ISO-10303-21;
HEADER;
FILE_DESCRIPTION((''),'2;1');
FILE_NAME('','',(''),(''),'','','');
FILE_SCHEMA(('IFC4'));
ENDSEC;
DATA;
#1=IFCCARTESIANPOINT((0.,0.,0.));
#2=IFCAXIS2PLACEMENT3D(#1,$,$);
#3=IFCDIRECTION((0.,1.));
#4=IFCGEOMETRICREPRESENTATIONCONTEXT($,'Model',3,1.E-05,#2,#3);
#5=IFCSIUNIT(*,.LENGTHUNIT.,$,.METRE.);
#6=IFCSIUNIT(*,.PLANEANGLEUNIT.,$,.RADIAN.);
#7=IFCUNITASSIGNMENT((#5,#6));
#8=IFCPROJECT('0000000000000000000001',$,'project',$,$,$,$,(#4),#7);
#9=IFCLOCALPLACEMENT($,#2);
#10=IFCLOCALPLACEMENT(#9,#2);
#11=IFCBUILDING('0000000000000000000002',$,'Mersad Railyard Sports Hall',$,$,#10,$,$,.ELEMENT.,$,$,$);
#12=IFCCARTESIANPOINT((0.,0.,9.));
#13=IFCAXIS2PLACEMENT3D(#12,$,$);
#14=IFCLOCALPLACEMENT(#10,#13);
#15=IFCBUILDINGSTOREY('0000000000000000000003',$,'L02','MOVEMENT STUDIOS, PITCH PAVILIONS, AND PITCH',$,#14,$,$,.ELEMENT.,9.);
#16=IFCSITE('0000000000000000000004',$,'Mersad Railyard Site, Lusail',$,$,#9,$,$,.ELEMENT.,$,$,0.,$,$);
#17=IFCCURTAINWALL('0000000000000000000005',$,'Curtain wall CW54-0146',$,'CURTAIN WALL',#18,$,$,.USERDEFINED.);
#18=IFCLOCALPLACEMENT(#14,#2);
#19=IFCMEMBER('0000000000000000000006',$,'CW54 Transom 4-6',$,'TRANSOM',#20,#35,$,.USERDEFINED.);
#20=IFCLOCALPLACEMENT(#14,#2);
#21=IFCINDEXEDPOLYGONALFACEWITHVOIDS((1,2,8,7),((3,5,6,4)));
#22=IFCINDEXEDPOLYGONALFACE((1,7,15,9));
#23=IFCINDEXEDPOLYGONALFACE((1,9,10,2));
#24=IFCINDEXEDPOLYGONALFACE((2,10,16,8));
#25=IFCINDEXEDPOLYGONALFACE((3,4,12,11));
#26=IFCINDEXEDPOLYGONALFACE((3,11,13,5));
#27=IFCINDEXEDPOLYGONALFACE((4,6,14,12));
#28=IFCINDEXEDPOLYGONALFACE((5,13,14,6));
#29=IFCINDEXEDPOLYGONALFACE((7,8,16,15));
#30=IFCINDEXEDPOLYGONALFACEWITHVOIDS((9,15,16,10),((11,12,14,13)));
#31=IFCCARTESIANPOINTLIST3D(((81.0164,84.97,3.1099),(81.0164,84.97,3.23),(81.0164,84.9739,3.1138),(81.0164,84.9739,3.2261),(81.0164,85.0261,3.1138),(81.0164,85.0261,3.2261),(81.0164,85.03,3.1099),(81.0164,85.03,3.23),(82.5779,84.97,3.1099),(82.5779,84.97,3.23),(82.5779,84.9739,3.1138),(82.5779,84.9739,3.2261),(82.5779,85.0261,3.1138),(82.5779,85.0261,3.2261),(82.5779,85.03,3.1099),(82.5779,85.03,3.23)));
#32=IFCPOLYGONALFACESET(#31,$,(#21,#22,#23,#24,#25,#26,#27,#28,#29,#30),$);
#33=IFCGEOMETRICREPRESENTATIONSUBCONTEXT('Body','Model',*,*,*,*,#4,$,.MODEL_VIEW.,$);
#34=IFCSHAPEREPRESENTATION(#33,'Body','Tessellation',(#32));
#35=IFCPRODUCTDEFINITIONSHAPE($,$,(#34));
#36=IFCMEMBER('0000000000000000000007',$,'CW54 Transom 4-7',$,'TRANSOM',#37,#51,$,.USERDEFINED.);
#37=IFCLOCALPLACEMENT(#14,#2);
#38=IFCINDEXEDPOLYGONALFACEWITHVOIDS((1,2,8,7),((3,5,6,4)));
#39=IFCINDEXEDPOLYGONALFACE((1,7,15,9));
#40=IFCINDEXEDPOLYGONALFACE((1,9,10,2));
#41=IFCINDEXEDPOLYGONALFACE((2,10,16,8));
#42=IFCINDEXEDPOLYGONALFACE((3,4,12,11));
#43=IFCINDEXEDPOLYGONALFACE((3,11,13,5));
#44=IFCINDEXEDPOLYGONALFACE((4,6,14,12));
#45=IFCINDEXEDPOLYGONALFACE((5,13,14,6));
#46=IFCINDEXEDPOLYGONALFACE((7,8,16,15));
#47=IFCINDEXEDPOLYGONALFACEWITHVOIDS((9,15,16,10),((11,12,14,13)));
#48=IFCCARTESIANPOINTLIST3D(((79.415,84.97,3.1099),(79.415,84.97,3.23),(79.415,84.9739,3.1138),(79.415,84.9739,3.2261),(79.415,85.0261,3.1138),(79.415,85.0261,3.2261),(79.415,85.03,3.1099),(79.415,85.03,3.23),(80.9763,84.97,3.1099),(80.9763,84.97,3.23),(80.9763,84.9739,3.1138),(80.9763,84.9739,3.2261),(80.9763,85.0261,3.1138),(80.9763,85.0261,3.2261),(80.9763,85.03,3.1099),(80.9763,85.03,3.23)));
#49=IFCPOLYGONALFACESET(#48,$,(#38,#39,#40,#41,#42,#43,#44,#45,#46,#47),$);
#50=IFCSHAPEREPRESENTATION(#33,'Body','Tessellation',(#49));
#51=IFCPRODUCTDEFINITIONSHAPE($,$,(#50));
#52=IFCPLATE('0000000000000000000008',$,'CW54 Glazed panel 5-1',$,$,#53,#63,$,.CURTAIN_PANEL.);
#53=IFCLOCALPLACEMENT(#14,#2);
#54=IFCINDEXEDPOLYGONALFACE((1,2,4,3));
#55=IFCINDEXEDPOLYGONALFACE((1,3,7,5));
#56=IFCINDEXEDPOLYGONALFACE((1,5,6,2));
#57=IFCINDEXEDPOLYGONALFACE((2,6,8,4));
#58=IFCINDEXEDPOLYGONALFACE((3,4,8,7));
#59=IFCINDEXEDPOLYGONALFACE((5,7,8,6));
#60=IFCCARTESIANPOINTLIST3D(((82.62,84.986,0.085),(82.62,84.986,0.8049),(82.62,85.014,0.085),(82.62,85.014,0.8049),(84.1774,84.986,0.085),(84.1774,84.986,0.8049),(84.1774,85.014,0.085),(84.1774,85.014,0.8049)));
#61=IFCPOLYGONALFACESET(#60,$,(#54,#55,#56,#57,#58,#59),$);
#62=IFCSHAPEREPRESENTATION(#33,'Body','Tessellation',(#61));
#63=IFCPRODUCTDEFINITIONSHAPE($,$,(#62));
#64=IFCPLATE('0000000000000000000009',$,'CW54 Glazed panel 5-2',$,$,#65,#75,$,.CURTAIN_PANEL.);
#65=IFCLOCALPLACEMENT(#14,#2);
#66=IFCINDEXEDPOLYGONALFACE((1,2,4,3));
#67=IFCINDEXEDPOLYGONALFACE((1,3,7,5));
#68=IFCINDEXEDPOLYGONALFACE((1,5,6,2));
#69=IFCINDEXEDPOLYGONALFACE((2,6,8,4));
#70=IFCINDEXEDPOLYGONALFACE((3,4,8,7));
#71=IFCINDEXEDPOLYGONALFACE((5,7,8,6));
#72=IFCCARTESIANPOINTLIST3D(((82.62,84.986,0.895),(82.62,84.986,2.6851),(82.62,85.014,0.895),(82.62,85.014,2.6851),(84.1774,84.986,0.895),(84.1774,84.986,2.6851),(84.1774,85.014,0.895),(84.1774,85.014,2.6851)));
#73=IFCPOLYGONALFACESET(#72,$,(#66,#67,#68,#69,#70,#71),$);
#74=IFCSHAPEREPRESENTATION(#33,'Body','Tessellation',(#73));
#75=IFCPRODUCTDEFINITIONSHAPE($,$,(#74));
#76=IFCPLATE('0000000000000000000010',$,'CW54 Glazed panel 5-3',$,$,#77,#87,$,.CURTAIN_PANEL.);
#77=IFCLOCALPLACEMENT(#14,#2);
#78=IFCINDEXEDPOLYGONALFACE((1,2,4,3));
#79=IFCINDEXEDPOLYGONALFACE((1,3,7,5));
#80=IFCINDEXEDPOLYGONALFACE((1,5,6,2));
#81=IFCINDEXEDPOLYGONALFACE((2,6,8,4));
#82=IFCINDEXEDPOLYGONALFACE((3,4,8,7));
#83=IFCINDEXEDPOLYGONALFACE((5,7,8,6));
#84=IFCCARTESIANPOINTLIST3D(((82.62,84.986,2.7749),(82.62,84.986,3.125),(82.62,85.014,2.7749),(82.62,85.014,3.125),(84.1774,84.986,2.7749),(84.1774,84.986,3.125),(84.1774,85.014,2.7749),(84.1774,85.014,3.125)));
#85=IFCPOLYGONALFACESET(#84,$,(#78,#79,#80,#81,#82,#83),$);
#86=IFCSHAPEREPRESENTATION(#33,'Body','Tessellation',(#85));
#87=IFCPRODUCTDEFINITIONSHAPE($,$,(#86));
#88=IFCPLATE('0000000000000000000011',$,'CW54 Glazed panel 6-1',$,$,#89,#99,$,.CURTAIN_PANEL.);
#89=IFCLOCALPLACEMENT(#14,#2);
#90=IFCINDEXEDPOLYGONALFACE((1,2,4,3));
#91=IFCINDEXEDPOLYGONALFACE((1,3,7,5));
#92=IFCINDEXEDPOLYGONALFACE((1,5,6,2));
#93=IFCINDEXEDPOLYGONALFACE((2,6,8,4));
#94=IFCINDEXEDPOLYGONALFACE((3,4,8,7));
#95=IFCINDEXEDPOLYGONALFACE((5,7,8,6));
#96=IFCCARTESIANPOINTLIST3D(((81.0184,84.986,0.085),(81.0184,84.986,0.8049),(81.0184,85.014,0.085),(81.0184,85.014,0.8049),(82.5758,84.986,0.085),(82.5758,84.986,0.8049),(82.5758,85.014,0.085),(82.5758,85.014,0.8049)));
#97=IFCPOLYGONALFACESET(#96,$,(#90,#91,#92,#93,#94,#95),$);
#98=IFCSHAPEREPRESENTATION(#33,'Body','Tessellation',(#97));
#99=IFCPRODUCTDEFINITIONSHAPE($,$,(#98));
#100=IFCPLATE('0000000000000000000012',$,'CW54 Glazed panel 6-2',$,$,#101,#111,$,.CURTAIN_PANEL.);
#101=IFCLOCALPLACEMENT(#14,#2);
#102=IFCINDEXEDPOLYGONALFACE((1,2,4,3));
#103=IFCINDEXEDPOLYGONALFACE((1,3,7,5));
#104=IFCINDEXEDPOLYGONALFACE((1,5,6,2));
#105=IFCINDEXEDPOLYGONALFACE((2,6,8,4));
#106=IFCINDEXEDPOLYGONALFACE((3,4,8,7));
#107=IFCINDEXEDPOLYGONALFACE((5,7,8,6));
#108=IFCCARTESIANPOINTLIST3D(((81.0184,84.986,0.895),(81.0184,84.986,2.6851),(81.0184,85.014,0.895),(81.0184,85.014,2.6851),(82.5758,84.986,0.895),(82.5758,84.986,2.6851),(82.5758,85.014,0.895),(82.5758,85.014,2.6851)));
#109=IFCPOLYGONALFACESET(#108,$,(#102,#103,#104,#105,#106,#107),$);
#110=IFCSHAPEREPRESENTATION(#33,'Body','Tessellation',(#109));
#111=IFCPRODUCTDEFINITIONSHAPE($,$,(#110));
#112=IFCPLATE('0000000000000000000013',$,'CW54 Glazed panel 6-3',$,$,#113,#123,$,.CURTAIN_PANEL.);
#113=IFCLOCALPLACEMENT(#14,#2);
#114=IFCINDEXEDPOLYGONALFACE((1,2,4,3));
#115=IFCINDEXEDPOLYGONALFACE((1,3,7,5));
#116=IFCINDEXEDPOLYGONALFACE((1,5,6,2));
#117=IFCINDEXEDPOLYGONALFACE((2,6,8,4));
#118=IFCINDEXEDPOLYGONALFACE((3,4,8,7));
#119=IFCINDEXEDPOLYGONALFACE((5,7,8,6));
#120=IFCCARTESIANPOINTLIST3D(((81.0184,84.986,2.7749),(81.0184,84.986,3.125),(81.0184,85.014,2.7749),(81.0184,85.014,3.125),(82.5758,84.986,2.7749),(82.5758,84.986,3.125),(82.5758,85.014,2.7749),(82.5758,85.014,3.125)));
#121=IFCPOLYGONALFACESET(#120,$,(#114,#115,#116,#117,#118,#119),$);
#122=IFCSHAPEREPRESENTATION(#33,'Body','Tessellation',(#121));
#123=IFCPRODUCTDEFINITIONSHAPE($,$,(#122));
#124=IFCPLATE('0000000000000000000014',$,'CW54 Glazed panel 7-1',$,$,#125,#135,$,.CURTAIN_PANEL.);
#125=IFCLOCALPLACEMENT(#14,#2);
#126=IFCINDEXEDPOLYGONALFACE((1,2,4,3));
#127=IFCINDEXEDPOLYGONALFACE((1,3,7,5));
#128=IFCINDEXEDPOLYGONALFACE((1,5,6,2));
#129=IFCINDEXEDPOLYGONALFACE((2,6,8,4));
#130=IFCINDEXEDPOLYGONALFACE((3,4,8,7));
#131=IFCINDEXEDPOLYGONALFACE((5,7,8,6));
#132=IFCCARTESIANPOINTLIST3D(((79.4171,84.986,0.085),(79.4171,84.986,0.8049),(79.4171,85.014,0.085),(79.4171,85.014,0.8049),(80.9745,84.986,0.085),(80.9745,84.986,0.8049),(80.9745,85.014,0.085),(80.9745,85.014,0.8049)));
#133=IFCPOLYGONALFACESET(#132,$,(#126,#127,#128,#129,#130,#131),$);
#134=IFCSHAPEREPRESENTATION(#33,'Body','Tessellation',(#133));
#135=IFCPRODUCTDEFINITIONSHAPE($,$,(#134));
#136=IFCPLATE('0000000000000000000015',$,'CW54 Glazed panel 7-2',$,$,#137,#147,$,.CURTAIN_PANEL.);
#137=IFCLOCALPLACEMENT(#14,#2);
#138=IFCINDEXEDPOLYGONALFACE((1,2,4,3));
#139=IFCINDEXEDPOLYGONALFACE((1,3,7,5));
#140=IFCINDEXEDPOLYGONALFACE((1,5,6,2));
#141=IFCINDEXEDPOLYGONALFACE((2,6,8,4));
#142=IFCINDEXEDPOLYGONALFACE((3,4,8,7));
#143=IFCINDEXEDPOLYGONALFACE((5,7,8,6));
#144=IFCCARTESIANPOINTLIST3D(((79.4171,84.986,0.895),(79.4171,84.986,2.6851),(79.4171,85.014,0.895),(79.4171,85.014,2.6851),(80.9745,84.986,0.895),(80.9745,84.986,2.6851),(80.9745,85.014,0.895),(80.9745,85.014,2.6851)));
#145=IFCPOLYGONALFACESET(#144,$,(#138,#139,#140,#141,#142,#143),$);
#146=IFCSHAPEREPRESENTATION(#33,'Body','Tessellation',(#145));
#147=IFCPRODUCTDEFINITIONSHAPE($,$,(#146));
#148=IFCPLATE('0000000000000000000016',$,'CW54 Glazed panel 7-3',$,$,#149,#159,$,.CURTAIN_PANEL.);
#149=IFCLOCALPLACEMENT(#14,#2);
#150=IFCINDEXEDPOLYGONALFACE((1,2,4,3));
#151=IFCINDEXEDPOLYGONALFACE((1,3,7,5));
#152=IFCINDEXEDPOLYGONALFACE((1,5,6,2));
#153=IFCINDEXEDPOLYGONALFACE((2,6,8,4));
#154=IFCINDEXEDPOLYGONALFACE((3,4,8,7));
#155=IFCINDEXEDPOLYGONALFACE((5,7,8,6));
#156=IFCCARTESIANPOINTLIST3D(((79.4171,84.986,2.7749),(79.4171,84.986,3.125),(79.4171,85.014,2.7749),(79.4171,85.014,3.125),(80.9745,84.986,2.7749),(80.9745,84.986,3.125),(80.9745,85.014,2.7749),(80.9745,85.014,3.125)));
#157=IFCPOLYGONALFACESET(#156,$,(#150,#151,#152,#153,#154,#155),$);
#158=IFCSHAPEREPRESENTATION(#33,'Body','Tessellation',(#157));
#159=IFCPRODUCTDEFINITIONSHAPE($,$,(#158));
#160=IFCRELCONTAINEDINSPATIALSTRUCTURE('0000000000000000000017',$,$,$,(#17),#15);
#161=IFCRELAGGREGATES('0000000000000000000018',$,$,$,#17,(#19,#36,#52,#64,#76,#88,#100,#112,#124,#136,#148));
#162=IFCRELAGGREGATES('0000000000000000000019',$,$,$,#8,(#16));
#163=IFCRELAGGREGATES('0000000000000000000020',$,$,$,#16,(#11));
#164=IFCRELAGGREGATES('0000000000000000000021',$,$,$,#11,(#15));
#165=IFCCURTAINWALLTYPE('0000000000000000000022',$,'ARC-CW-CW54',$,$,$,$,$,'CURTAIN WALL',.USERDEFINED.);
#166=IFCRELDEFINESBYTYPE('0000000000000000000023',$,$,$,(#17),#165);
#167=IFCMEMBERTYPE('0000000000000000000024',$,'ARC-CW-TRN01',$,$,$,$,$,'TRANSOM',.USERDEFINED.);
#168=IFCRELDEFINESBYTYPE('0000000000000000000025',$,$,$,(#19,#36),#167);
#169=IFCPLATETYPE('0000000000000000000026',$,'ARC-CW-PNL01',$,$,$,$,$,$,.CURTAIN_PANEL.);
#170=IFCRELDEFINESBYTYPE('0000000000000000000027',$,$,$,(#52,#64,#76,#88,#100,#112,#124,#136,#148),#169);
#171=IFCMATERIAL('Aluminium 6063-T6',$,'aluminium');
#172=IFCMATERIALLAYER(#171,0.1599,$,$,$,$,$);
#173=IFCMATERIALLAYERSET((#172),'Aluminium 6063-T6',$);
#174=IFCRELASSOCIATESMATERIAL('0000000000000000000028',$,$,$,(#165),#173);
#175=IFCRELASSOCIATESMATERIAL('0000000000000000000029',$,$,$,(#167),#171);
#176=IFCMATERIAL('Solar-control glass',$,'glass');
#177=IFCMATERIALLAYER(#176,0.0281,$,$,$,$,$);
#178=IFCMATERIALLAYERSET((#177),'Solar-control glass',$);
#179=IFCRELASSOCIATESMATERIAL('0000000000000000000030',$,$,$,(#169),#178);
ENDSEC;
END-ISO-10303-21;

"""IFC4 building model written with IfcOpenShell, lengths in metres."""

from ifc_helpers import new_model, si_unit, direction, frame, origin, origin_2d, place, context, subcontext, project, spatial, rectangle, hollow_rectangle, extrude, material, layer, layer_set, material_profile, profile_set, type_object, element, aggregate, save


model = new_model("IFC4")

# Units and contexts
model_context = context("Model", 3, precision=1e-05, world=origin(), true_north=direction((0.0, 1.0)))
body_context = subcontext(model_context, "Body", "Model", "MODEL_VIEW")
ifc_project = project(units=[si_unit("LENGTHUNIT", "METRE"), si_unit("PLANEANGLEUNIT", "RADIAN")], contexts=[model_context])

# Site, building, storey
site_placement = place(None, origin())
site = spatial("IfcSite", under=ifc_project, at=site_placement, Name="Mersad Railyard Site, Lusail", CompositionType="ELEMENT", RefElevation=0.0)
building_placement = place(site_placement, origin())
building = spatial("IfcBuilding", under=site, at=building_placement, Name="Mersad Railyard Sports Hall", CompositionType="ELEMENT")
storey_placement = place(building_placement, frame((0.0, 0.0, 9.0)))
storey = spatial("IfcBuildingStorey", under=building, at=storey_placement, Name="L02", Description="MOVEMENT STUDIOS, PITCH PAVILIONS, AND PITCH", CompositionType="ELEMENT", Elevation=9.0)

# Curtain wall, members, plates
ifc_material_1 = material(Name="Aluminium 6063-T6", Category="aluminium")
ifc_layer_1 = layer(ifc_material_1, 0.1599)
ifc_layer_set_1 = layer_set([ifc_layer_1], Name="Aluminium 6063-T6")
curtain_wall_type = type_object("IfcCurtainWallType", Name="ARC-CW-CW54", ElementType="CURTAIN WALL", PredefinedType="USERDEFINED", material=ifc_layer_set_1)
curtain_wall_placement = place(storey_placement, origin())
curtain_wall = element("IfcCurtainWall", 1, at=curtain_wall_placement, inside=storey, type_object=curtain_wall_type, Name="Curtain wall CW54-0146", ObjectType="CURTAIN WALL", PredefinedType="USERDEFINED")
ifc_material_profile_1 = material_profile(ifc_material_1, hollow_rectangle(XDim=0.0601, YDim=0.1201, WallThickness=0.0039, at=origin_2d()), Name="AL TRANSOM 60x120x4")
ifc_profile_set_1 = profile_set([ifc_material_profile_1], Name="Aluminium 6063-T6")
member_type_1 = type_object("IfcMemberType", Name="ARC-CW-TRN01", ElementType="TRANSOM", PredefinedType="USERDEFINED", material=ifc_profile_set_1)
member_1_placement = place(storey_placement, frame((82.5779, 85.0, 3.1699), z_axis=(-1.0, 0.0, 0.0), x_axis=(0.0, -1.0, 0.0)))
member_1 = element("IfcMember", 2, at=member_1_placement, type_object=member_type_1, Name="CW54 Transom 4-6", ObjectType="TRANSOM", PredefinedType="USERDEFINED", context=body_context, shape_type="SweptSolid", body=[
    extrude(hollow_rectangle(XDim=0.0601, YDim=0.1201, WallThickness=0.0039, at=origin_2d()), origin(), (0.0, 0.0, 1.0), 1.5615),
])
member_2_placement = place(storey_placement, frame((80.9763, 85.0, 3.1699), z_axis=(-1.0, 0.0, 0.0), x_axis=(0.0, -1.0, 0.0)))
member_2 = element("IfcMember", 3, at=member_2_placement, type_object=member_type_1, Name="CW54 Transom 4-7", ObjectType="TRANSOM", PredefinedType="USERDEFINED", context=body_context, shape_type="SweptSolid", body=[
    extrude(hollow_rectangle(XDim=0.0601, YDim=0.1201, WallThickness=0.0039, at=origin_2d()), origin(), (0.0, 0.0, 1.0), 1.5613),
])
ifc_material_2 = material(Name="Solar-control glass", Category="glass")
ifc_layer_2 = layer(ifc_material_2, 0.0281)
ifc_layer_set_2 = layer_set([ifc_layer_2], Name="Solar-control glass")
plate_type = type_object("IfcPlateType", Name="ARC-CW-PNL01", PredefinedType="CURTAIN_PANEL", material=ifc_layer_set_2)
plate_1_placement = place(storey_placement, frame((83.3987, 85.0, 0.085), z_axis=(0.0, 0.0, 1.0), x_axis=(-1.0, 0.0, 0.0)))
plate_1 = element("IfcPlate", 4, at=plate_1_placement, type_object=plate_type, Name="CW54 Glazed panel 5-1", PredefinedType="CURTAIN_PANEL", context=body_context, shape_type="SweptSolid", body=[
    extrude(rectangle(XDim=1.5574, YDim=0.0281, at=origin_2d()), origin(), (0.0, 0.0, 1.0), 0.72),
])
plate_2_placement = place(storey_placement, frame((83.3987, 85.0, 0.895), z_axis=(0.0, 0.0, 1.0), x_axis=(-1.0, 0.0, 0.0)))
plate_2 = element("IfcPlate", 5, at=plate_2_placement, type_object=plate_type, Name="CW54 Glazed panel 5-2", PredefinedType="CURTAIN_PANEL", context=body_context, shape_type="SweptSolid", body=[
    extrude(rectangle(XDim=1.5574, YDim=0.0281, at=origin_2d()), origin(), (0.0, 0.0, 1.0), 1.79),
])
plate_3_placement = place(storey_placement, frame((83.3987, 85.0, 2.7749), z_axis=(0.0, 0.0, 1.0), x_axis=(-1.0, 0.0, 0.0)))
plate_3 = element("IfcPlate", 6, at=plate_3_placement, type_object=plate_type, Name="CW54 Glazed panel 5-3", PredefinedType="CURTAIN_PANEL", context=body_context, shape_type="SweptSolid", body=[
    extrude(rectangle(XDim=1.5574, YDim=0.0281, at=origin_2d()), origin(), (0.0, 0.0, 1.0), 0.3501),
])
plate_4_placement = place(storey_placement, frame((81.7971, 85.0, 0.085), z_axis=(0.0, 0.0, 1.0), x_axis=(-1.0, 0.0, 0.0)))
plate_4 = element("IfcPlate", 7, at=plate_4_placement, type_object=plate_type, Name="CW54 Glazed panel 6-1", PredefinedType="CURTAIN_PANEL", context=body_context, shape_type="SweptSolid", body=[
    extrude(rectangle(XDim=1.5574, YDim=0.0281, at=origin_2d()), origin(), (0.0, 0.0, 1.0), 0.72),
])
plate_5_placement = place(storey_placement, frame((81.7971, 85.0, 0.895), z_axis=(0.0, 0.0, 1.0), x_axis=(-1.0, 0.0, 0.0)))
plate_5 = element("IfcPlate", 8, at=plate_5_placement, type_object=plate_type, Name="CW54 Glazed panel 6-2", PredefinedType="CURTAIN_PANEL", context=body_context, shape_type="SweptSolid", body=[
    extrude(rectangle(XDim=1.5574, YDim=0.0281, at=origin_2d()), origin(), (0.0, 0.0, 1.0), 1.79),
])
plate_6_placement = place(storey_placement, frame((81.7971, 85.0, 2.7749), z_axis=(0.0, 0.0, 1.0), x_axis=(-1.0, 0.0, 0.0)))
plate_6 = element("IfcPlate", 9, at=plate_6_placement, type_object=plate_type, Name="CW54 Glazed panel 6-3", PredefinedType="CURTAIN_PANEL", context=body_context, shape_type="SweptSolid", body=[
    extrude(rectangle(XDim=1.5574, YDim=0.0281, at=origin_2d()), origin(), (0.0, 0.0, 1.0), 0.3501),
])
plate_7_placement = place(storey_placement, frame((80.1958, 85.0, 0.085), z_axis=(0.0, 0.0, 1.0), x_axis=(-1.0, 0.0, 0.0)))
plate_7 = element("IfcPlate", 10, at=plate_7_placement, type_object=plate_type, Name="CW54 Glazed panel 7-1", PredefinedType="CURTAIN_PANEL", context=body_context, shape_type="SweptSolid", body=[
    extrude(rectangle(XDim=1.5574, YDim=0.0281, at=origin_2d()), origin(), (0.0, 0.0, 1.0), 0.72),
])
plate_8_placement = place(storey_placement, frame((80.1958, 85.0, 0.895), z_axis=(0.0, 0.0, 1.0), x_axis=(-1.0, 0.0, 0.0)))
plate_8 = element("IfcPlate", 11, at=plate_8_placement, type_object=plate_type, Name="CW54 Glazed panel 7-2", PredefinedType="CURTAIN_PANEL", context=body_context, shape_type="SweptSolid", body=[
    extrude(rectangle(XDim=1.5574, YDim=0.0281, at=origin_2d()), origin(), (0.0, 0.0, 1.0), 1.79),
])
plate_9_placement = place(storey_placement, frame((80.1958, 85.0, 2.7749), z_axis=(0.0, 0.0, 1.0), x_axis=(-1.0, 0.0, 0.0)))
plate_9 = element("IfcPlate", 12, at=plate_9_placement, type_object=plate_type, Name="CW54 Glazed panel 7-3", PredefinedType="CURTAIN_PANEL", context=body_context, shape_type="SweptSolid", body=[
    extrude(rectangle(XDim=1.5574, YDim=0.0281, at=origin_2d()), origin(), (0.0, 0.0, 1.0), 0.3501),
])
aggregate(curtain_wall, [member_1, member_2, plate_1, plate_2, plate_3, plate_4, plate_5, plate_6, plate_7, plate_8, plate_9])

save(model, "model.ifc")
